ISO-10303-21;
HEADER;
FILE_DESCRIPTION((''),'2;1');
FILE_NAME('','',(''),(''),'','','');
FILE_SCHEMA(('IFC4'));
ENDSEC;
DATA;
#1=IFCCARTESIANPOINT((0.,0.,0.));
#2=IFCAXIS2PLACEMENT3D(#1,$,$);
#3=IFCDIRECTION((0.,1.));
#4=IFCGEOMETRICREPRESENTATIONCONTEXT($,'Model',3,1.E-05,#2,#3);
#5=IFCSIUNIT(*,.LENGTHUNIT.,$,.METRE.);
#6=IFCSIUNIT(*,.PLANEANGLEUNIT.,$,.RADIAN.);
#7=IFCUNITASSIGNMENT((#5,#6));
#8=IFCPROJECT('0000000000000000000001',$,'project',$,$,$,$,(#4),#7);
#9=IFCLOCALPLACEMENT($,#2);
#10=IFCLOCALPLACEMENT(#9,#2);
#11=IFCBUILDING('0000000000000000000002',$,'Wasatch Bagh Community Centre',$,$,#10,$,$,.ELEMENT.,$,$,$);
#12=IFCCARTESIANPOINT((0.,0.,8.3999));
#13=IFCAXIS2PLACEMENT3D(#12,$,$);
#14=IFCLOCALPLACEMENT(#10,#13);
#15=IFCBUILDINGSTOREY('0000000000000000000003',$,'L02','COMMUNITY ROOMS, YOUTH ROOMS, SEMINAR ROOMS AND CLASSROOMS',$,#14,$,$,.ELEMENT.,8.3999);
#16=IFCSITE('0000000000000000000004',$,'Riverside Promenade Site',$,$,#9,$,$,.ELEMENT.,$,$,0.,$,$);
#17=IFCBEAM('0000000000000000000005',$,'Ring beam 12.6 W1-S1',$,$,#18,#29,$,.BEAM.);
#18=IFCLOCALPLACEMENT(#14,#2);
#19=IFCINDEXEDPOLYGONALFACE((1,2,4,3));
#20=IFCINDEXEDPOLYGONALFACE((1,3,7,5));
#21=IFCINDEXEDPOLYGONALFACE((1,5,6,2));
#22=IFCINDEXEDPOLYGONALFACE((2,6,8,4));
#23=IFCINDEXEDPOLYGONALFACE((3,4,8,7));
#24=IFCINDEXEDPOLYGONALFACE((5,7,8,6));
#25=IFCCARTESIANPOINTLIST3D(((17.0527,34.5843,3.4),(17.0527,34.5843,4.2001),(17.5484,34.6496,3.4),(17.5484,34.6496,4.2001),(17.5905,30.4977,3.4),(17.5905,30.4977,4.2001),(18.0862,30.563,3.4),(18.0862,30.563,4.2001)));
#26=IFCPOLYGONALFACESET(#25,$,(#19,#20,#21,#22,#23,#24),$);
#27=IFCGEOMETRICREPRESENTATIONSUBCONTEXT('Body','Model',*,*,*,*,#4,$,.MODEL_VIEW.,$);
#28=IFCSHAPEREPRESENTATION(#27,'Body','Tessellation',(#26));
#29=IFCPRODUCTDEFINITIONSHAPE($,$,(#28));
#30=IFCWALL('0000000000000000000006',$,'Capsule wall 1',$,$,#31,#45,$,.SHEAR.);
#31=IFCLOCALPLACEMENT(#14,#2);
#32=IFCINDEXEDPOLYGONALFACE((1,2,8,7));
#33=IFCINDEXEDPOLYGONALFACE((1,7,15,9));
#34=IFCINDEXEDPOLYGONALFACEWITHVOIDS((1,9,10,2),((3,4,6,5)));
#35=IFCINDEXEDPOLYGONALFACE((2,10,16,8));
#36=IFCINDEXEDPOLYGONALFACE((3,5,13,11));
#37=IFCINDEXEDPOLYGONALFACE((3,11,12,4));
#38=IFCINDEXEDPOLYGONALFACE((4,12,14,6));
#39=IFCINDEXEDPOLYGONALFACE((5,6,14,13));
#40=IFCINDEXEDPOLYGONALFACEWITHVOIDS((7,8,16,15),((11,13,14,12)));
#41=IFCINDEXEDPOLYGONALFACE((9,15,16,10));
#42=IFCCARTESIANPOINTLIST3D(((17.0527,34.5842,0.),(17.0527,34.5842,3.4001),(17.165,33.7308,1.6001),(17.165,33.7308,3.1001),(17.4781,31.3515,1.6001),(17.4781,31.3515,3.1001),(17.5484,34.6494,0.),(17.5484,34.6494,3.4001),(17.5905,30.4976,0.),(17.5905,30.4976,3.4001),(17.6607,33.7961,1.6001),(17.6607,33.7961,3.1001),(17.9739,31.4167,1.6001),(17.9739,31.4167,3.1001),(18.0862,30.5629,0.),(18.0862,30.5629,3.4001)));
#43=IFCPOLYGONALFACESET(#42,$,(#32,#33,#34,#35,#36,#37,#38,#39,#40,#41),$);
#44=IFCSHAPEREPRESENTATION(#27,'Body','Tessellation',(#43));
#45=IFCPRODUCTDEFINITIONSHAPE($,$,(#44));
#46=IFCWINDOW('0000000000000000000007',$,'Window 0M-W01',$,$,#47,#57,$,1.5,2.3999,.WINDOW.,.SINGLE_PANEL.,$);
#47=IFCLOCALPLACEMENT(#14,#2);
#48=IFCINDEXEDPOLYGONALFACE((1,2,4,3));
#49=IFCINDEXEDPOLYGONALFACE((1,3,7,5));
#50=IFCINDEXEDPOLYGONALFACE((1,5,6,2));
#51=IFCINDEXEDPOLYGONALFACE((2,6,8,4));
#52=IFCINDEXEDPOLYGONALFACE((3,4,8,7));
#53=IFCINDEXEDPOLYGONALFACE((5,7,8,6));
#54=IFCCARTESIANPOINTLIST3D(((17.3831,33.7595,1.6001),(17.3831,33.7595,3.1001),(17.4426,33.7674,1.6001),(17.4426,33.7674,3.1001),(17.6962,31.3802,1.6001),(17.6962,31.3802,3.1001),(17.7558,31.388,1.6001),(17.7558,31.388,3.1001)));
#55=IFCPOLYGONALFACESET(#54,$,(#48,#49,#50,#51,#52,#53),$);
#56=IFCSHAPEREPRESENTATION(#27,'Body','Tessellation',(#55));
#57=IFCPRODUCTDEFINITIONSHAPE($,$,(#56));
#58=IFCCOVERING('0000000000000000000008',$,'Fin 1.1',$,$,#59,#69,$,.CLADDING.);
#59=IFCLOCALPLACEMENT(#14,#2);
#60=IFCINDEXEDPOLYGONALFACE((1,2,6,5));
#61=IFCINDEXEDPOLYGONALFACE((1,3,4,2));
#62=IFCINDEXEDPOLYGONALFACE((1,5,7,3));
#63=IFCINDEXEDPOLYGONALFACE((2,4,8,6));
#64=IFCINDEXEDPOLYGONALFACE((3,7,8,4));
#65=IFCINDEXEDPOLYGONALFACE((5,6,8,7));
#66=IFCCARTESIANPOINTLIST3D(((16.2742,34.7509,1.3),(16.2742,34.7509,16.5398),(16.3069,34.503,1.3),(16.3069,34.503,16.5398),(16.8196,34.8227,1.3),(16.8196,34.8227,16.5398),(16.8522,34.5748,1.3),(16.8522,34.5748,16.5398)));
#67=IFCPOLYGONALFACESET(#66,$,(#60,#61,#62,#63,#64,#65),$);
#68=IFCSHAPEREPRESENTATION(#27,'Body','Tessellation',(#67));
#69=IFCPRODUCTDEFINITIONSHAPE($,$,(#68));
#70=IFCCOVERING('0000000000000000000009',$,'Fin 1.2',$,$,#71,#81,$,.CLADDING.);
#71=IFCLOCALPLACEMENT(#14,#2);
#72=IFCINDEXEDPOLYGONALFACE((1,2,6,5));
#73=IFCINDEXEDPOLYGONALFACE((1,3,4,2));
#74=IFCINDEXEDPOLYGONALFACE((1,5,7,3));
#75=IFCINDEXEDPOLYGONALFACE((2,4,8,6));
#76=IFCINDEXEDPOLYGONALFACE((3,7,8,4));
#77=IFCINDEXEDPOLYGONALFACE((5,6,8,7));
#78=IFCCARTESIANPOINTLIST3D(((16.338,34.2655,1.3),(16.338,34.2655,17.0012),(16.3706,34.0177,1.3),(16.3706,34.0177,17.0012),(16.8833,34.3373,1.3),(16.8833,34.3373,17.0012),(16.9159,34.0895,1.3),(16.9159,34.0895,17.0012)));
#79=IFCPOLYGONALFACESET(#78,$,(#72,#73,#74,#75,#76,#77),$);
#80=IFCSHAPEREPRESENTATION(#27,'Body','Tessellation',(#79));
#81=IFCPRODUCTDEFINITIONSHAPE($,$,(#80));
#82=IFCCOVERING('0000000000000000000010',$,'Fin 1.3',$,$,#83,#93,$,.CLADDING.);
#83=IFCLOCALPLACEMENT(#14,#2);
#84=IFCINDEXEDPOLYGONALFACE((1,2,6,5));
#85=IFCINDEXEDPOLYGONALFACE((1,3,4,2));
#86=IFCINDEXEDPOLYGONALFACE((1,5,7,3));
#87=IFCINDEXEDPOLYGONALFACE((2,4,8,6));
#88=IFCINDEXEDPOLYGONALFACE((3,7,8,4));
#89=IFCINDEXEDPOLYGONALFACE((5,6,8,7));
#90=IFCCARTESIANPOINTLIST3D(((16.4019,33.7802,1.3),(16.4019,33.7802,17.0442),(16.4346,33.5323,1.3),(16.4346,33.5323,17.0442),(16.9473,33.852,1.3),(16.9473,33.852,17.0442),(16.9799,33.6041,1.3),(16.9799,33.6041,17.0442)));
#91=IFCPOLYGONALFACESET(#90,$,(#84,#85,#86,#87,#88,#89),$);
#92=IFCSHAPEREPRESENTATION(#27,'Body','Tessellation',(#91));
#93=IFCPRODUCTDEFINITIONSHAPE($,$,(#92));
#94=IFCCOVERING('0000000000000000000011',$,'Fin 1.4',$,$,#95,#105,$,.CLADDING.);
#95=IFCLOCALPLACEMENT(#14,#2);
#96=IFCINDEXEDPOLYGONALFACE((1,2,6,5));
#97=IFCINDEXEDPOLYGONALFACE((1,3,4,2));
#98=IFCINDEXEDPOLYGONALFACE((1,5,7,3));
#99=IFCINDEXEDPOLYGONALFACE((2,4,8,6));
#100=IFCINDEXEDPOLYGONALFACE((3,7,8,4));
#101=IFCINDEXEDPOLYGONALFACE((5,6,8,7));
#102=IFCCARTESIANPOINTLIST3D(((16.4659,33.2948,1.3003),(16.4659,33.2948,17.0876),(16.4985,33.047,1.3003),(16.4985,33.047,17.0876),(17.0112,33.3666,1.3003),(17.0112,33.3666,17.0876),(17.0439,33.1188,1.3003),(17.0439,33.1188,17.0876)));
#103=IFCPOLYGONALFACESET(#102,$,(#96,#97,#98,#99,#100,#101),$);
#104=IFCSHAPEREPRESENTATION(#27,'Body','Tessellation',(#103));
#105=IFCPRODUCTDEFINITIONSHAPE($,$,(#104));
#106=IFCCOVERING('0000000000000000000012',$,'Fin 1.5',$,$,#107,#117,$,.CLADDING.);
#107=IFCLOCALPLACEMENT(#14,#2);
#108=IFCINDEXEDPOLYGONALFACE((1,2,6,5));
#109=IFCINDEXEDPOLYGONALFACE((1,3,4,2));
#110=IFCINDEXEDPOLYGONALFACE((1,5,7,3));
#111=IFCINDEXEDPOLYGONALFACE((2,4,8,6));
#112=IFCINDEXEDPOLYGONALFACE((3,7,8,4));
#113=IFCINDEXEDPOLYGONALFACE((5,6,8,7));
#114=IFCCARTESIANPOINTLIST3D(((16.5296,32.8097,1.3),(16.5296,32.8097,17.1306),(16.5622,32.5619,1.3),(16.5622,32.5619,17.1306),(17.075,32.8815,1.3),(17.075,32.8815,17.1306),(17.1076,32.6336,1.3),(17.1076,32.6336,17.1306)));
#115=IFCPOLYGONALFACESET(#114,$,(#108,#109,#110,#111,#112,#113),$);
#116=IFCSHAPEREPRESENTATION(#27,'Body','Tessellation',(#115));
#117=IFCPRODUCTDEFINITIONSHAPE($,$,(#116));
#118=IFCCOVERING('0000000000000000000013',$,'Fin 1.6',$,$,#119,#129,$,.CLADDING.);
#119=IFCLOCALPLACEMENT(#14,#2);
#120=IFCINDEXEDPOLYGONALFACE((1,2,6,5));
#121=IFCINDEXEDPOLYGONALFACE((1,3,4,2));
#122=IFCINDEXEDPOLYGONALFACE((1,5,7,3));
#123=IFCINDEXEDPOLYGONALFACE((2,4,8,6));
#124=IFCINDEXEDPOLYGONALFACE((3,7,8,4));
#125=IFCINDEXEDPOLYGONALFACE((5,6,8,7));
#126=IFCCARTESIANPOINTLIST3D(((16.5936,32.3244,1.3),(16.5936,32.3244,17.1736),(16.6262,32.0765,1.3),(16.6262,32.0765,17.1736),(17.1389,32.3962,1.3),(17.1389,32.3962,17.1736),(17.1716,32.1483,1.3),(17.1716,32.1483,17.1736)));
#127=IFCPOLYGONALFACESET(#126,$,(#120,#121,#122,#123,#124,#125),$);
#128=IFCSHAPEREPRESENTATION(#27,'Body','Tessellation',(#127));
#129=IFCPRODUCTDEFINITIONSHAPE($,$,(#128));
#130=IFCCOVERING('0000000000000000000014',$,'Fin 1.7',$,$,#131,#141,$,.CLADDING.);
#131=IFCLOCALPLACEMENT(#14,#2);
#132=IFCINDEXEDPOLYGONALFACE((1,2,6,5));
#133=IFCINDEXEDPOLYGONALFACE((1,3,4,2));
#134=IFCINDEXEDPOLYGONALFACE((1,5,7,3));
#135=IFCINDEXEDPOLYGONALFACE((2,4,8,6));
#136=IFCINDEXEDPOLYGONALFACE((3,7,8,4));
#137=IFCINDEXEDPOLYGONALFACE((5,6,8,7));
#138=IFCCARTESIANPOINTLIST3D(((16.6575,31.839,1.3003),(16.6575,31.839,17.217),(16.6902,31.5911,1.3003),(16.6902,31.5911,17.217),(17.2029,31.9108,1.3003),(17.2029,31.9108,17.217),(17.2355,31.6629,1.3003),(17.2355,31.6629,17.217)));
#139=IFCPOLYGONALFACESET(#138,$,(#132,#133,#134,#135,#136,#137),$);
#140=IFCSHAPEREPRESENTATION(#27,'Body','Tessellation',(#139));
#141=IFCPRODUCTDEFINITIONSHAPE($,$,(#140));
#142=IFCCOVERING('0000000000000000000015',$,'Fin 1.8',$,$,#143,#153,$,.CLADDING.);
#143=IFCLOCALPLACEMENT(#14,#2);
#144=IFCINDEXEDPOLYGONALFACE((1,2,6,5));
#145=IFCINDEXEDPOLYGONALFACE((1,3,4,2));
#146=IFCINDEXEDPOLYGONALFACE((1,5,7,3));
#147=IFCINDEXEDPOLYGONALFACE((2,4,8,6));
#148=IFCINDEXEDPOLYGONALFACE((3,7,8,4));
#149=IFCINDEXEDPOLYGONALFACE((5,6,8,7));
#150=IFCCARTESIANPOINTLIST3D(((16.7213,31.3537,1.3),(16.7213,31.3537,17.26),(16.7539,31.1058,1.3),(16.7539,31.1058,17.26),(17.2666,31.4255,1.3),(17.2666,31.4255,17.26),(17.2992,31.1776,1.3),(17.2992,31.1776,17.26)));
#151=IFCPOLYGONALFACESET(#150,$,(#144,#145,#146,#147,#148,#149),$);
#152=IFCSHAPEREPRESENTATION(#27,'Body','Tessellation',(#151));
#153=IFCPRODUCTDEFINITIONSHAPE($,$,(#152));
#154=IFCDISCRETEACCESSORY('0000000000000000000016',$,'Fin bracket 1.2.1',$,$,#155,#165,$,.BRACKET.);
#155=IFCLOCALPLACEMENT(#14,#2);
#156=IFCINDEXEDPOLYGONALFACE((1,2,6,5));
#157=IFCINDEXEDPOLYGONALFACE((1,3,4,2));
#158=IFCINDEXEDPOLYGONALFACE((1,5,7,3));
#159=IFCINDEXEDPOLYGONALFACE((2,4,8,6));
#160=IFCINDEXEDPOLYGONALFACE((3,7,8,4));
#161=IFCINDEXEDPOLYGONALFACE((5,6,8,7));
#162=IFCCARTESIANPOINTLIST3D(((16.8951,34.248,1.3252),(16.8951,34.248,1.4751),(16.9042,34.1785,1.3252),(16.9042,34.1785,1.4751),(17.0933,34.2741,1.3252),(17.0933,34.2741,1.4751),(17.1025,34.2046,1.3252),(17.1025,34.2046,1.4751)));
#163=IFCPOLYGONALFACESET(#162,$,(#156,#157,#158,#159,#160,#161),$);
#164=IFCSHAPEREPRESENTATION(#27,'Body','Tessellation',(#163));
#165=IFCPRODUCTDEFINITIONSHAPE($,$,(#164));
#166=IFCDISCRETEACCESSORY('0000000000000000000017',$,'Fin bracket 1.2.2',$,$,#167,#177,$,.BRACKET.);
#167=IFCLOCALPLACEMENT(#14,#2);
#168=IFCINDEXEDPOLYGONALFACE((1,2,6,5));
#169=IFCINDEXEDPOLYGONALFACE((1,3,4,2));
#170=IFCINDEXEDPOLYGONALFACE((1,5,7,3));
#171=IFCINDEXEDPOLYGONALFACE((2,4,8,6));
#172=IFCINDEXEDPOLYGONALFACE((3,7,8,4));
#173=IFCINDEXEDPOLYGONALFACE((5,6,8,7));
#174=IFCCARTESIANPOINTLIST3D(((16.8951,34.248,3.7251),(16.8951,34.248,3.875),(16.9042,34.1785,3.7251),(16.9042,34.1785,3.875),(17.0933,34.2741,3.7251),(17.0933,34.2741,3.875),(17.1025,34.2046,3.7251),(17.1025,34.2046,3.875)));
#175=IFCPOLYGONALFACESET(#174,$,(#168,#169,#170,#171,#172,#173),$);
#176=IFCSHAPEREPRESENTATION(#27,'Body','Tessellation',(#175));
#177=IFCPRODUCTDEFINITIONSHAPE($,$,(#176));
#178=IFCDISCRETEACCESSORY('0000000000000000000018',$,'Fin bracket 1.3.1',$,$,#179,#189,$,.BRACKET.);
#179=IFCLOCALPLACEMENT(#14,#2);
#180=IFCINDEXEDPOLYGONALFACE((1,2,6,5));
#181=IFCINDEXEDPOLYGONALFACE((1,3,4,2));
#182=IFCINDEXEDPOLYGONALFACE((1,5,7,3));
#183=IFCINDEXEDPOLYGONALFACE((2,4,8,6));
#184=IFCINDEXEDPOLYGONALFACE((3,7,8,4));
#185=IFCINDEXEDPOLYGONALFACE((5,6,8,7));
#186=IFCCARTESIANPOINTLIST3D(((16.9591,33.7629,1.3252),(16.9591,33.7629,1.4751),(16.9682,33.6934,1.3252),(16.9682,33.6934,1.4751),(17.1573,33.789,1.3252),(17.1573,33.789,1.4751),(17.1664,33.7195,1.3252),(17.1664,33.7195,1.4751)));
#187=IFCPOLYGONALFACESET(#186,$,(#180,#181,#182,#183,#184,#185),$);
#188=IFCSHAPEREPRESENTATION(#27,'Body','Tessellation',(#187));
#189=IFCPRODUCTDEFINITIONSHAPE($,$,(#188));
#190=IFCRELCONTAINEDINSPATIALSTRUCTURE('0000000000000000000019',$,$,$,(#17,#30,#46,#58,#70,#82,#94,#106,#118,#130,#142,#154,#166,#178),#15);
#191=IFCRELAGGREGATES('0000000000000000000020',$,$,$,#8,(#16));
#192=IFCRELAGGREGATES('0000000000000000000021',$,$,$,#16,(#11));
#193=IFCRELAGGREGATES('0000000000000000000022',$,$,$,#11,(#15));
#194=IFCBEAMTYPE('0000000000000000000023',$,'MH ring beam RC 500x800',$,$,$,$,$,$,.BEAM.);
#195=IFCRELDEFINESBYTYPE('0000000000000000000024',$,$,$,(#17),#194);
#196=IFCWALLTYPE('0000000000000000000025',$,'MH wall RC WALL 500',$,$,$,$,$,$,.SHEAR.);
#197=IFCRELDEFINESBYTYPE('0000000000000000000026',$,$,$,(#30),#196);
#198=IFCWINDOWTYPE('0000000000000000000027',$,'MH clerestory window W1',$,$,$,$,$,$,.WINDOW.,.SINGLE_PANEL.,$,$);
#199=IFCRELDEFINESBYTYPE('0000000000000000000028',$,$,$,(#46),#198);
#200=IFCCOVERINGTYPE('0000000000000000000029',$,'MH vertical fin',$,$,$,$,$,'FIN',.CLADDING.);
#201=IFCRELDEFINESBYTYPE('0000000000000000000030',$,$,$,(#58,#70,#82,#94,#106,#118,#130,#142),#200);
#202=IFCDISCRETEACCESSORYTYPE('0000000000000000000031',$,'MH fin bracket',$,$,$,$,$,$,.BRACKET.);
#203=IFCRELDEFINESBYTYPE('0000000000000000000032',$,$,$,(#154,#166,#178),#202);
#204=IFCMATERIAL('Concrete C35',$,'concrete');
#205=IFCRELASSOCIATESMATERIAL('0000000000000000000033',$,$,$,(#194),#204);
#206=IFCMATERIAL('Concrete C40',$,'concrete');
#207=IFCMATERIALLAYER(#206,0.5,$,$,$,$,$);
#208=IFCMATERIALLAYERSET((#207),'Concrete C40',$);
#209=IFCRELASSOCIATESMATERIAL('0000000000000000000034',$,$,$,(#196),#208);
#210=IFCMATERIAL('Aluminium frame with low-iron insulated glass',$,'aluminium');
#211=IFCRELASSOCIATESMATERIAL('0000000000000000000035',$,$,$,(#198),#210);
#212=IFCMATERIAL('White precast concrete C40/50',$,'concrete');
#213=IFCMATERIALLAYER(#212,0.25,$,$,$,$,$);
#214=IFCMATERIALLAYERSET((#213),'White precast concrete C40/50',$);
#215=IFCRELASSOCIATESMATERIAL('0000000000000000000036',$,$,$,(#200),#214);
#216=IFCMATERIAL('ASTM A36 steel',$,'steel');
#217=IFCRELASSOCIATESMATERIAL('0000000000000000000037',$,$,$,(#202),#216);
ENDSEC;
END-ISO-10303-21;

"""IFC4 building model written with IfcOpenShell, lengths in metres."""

from ifc_helpers import new_model, si_unit, direction, frame, frame_2d, origin, origin_2d, place, context, subcontext, project, spatial, rectangle, extrude, material, layer, layer_set, material_profile, profile_set, type_object, element, fill, save


model = new_model("IFC4")

# Units and contexts
model_context = context("Model", 3, precision=1e-05, world=origin(), true_north=direction((0.0, 1.0)))
body_context = subcontext(model_context, "Body", "Model", "MODEL_VIEW")
ifc_project = project(units=[si_unit("LENGTHUNIT", "METRE"), si_unit("PLANEANGLEUNIT", "RADIAN")], contexts=[model_context])

# Site, building, storey
site_placement = place(None, origin())
site = spatial("IfcSite", under=ifc_project, at=site_placement, Name="Riverside Promenade Site", CompositionType="ELEMENT", RefElevation=0.0)
building_placement = place(site_placement, origin())
building = spatial("IfcBuilding", under=site, at=building_placement, Name="Wasatch Bagh Community Centre", CompositionType="ELEMENT")
storey_placement = place(building_placement, frame((0.0, 0.0, 8.3999)))
storey = spatial("IfcBuildingStorey", under=building, at=storey_placement, Name="L02", Description="COMMUNITY ROOMS, YOUTH ROOMS, SEMINAR ROOMS AND CLASSROOMS", CompositionType="ELEMENT", Elevation=8.3999)

# Beam
ifc_material_1 = material(Name="Concrete C35", Category="concrete")
ifc_material_profile = material_profile(ifc_material_1, rectangle(XDim=0.5, YDim=0.8, at=origin_2d()), Name="RC 500x800")
ifc_profile_set = profile_set([ifc_material_profile], Name="Concrete C35")
beam_type = type_object("IfcBeamType", Name="MH ring beam RC 500x800", PredefinedType="BEAM", material=ifc_profile_set)
beam_placement = place(storey_placement, frame((17.3005, 34.6169, 3.8), z_axis=(0.130484, -0.99145, 0.0), x_axis=(0.99145, 0.130484, 0.0)))
element("IfcBeam", 1, at=beam_placement, inside=storey, type_object=beam_type, Name="Ring beam 12.6 W1-S1", PredefinedType="BEAM", context=body_context, shape_type="SweptSolid", body=[
    extrude(rectangle(XDim=0.5, YDim=0.8, at=origin_2d()), origin(), (0.0, 0.0, 1.0), 4.1218),
])

# Wall, opening, window
ifc_material_2 = material(Name="Concrete C40", Category="concrete")
ifc_layer_1 = layer(ifc_material_2, 0.5)
ifc_layer_set_1 = layer_set([ifc_layer_1], Name="Concrete C40")
wall_type = type_object("IfcWallType", Name="MH wall RC WALL 500", PredefinedType="SHEAR", material=ifc_layer_set_1)
wall_placement = place(storey_placement, frame((17.3005, 34.6169, 0.0), z_axis=(0.0, 0.0, 1.0), x_axis=(0.130484, -0.99145, 0.0)))
wall = element("IfcWall", 2, at=wall_placement, inside=storey, type_object=wall_type, Name="Capsule wall 1", PredefinedType="SHEAR", context=body_context, shape_type="SweptSolid", body=[
    extrude(rectangle(XDim=4.1218, YDim=0.5, at=frame_2d((2.061, 0.0))), origin(), (0.0, 0.0, 1.0), 3.4001),
])
opening_placement = place(wall_placement, frame((0.8608, 0.0, 1.6001)))
opening = element("IfcOpeningElement", 3, at=opening_placement, cuts=wall, PredefinedType="OPENING", context=body_context, shape_type="SweptSolid", body=[
    extrude(rectangle(XDim=2.3999, YDim=1.5, at=frame_2d((1.2, 0.75))), frame((0.0, 0.26, 0.0), z_axis=(0.0, -1.0, 0.0), x_axis=(1.0, 0.0, 0.0)), (0.0, 0.0, 1.0), 0.52),
])
ifc_material_3 = material(Name="Aluminium frame with low-iron insulated glass", Category="aluminium")
window_type = type_object("IfcWindowType", Name="MH clerestory window W1", PartitioningType="SINGLE_PANEL", PredefinedType="WINDOW", material=ifc_material_3)
window_placement = place(opening_placement, origin())
window = element("IfcWindow", 4, at=window_placement, inside=storey, type_object=window_type, Name="Window 0M-W01", OverallHeight=1.5, OverallWidth=2.3999, PartitioningType="SINGLE_PANEL", PredefinedType="WINDOW", context=body_context, shape_type="SweptSolid", body=[
    extrude(rectangle(XDim=2.3999, YDim=1.5, at=frame_2d((1.2, 0.75))), frame((0.0, 0.03, 0.0), z_axis=(0.0, -1.0, 0.0), x_axis=(1.0, 0.0, 0.0)), (0.0, 0.0, 1.0), 0.0601),
])
fill(opening, window)

# Coverings
ifc_material_4 = material(Name="White precast concrete C40/50", Category="concrete")
ifc_layer_2 = layer(ifc_material_4, 0.25)
ifc_layer_set_2 = layer_set([ifc_layer_2], Name="White precast concrete C40/50")
covering_type = type_object("IfcCoveringType", Name="MH vertical fin", ElementType="FIN", PredefinedType="CLADDING", material=ifc_layer_set_2)
covering_1_placement = place(storey_placement, frame((16.5632, 34.6628, 1.3), z_axis=(0.0, 0.0, 1.0), x_axis=(0.130526, -0.991445, 0.0)))
element("IfcCovering", 5, at=covering_1_placement, inside=storey, type_object=covering_type, Name="Fin 1.1", PredefinedType="CLADDING", context=body_context, shape_type="SweptSolid", body=[
    extrude(rectangle(XDim=0.25, YDim=0.55, at=origin_2d()), origin(), (0.0, 0.0, 1.0), 15.2397),
])
covering_2_placement = place(storey_placement, frame((16.627, 34.1775, 1.3), z_axis=(0.0, 0.0, 1.0), x_axis=(0.130526, -0.991445, 0.0)))
element("IfcCovering", 6, at=covering_2_placement, inside=storey, type_object=covering_type, Name="Fin 1.2", PredefinedType="CLADDING", context=body_context, shape_type="SweptSolid", body=[
    extrude(rectangle(XDim=0.25, YDim=0.55, at=origin_2d()), origin(), (0.0, 0.0, 1.0), 15.7012),
])
covering_3_placement = place(storey_placement, frame((16.6909, 33.6921, 1.3), z_axis=(0.0, 0.0, 1.0), x_axis=(0.130526, -0.991445, 0.0)))
element("IfcCovering", 7, at=covering_3_placement, inside=storey, type_object=covering_type, Name="Fin 1.3", PredefinedType="CLADDING", context=body_context, shape_type="SweptSolid", body=[
    extrude(rectangle(XDim=0.25, YDim=0.55, at=origin_2d()), origin(), (0.0, 0.0, 1.0), 15.7441),
])
covering_4_placement = place(storey_placement, frame((16.7549, 33.2068, 1.3003), z_axis=(0.0, 0.0, 1.0), x_axis=(0.130526, -0.991445, 0.0)))
element("IfcCovering", 8, at=covering_4_placement, inside=storey, type_object=covering_type, Name="Fin 1.4", PredefinedType="CLADDING", context=body_context, shape_type="SweptSolid", body=[
    extrude(rectangle(XDim=0.25, YDim=0.55, at=origin_2d()), origin(), (0.0, 0.0, 1.0), 15.7874),
])
covering_5_placement = place(storey_placement, frame((16.8186, 32.7217, 1.3), z_axis=(0.0, 0.0, 1.0), x_axis=(0.130526, -0.991445, 0.0)))
element("IfcCovering", 9, at=covering_5_placement, inside=storey, type_object=covering_type, Name="Fin 1.5", PredefinedType="CLADDING", context=body_context, shape_type="SweptSolid", body=[
    extrude(rectangle(XDim=0.25, YDim=0.55, at=origin_2d()), origin(), (0.0, 0.0, 1.0), 15.8306),
])
covering_6_placement = place(storey_placement, frame((16.8826, 32.2363, 1.3), z_axis=(0.0, 0.0, 1.0), x_axis=(0.130526, -0.991445, 0.0)))
element("IfcCovering", 10, at=covering_6_placement, inside=storey, type_object=covering_type, Name="Fin 1.6", PredefinedType="CLADDING", context=body_context, shape_type="SweptSolid", body=[
    extrude(rectangle(XDim=0.25, YDim=0.55, at=origin_2d()), origin(), (0.0, 0.0, 1.0), 15.8735),
])
covering_7_placement = place(storey_placement, frame((16.9465, 31.751, 1.3003), z_axis=(0.0, 0.0, 1.0), x_axis=(0.130526, -0.991445, 0.0)))
element("IfcCovering", 11, at=covering_7_placement, inside=storey, type_object=covering_type, Name="Fin 1.7", PredefinedType="CLADDING", context=body_context, shape_type="SweptSolid", body=[
    extrude(rectangle(XDim=0.25, YDim=0.55, at=origin_2d()), origin(), (0.0, 0.0, 1.0), 15.9167),
])
covering_8_placement = place(storey_placement, frame((17.0103, 31.2656, 1.3), z_axis=(0.0, 0.0, 1.0), x_axis=(0.130526, -0.991445, 0.0)))
element("IfcCovering", 12, at=covering_8_placement, inside=storey, type_object=covering_type, Name="Fin 1.8", PredefinedType="CLADDING", context=body_context, shape_type="SweptSolid", body=[
    extrude(rectangle(XDim=0.25, YDim=0.55, at=origin_2d()), origin(), (0.0, 0.0, 1.0), 15.96),
])

# Discrete accessories
ifc_material_5 = material(Name="ASTM A36 steel", Category="steel")
discrete_accessory_type = type_object("IfcDiscreteAccessoryType", Name="MH fin bracket", PredefinedType="BRACKET", material=ifc_material_5)
for number, where, z_axis, x_axis, name in (
    (13, (16.9988, 34.2263, 1.3252), (0.0, 0.0, 1.0), (0.130526, -0.991445, 0.0), "Fin bracket 1.2.1"),
    (14, (16.9988, 34.2263, 3.7251), (0.0, 0.0, 1.0), (0.130526, -0.991445, 0.0), "Fin bracket 1.2.2"),
    (15, (17.0627, 33.7412, 1.3252), (0.0, 0.0, 1.0), (0.130526, -0.991445, 0.0), "Fin bracket 1.3.1"),
):
    element("IfcDiscreteAccessory", number, at=place(storey_placement, frame(where, z_axis=z_axis, x_axis=x_axis)), inside=storey, type_object=discrete_accessory_type, Name=name, PredefinedType="BRACKET", context=body_context, shape_type="SweptSolid", body=[
        extrude(rectangle(XDim=0.0701, YDim=0.2, at=origin_2d()), origin(), (0.0, 0.0, 1.0), 0.1499),
    ])

save(model, "model.ifc")
